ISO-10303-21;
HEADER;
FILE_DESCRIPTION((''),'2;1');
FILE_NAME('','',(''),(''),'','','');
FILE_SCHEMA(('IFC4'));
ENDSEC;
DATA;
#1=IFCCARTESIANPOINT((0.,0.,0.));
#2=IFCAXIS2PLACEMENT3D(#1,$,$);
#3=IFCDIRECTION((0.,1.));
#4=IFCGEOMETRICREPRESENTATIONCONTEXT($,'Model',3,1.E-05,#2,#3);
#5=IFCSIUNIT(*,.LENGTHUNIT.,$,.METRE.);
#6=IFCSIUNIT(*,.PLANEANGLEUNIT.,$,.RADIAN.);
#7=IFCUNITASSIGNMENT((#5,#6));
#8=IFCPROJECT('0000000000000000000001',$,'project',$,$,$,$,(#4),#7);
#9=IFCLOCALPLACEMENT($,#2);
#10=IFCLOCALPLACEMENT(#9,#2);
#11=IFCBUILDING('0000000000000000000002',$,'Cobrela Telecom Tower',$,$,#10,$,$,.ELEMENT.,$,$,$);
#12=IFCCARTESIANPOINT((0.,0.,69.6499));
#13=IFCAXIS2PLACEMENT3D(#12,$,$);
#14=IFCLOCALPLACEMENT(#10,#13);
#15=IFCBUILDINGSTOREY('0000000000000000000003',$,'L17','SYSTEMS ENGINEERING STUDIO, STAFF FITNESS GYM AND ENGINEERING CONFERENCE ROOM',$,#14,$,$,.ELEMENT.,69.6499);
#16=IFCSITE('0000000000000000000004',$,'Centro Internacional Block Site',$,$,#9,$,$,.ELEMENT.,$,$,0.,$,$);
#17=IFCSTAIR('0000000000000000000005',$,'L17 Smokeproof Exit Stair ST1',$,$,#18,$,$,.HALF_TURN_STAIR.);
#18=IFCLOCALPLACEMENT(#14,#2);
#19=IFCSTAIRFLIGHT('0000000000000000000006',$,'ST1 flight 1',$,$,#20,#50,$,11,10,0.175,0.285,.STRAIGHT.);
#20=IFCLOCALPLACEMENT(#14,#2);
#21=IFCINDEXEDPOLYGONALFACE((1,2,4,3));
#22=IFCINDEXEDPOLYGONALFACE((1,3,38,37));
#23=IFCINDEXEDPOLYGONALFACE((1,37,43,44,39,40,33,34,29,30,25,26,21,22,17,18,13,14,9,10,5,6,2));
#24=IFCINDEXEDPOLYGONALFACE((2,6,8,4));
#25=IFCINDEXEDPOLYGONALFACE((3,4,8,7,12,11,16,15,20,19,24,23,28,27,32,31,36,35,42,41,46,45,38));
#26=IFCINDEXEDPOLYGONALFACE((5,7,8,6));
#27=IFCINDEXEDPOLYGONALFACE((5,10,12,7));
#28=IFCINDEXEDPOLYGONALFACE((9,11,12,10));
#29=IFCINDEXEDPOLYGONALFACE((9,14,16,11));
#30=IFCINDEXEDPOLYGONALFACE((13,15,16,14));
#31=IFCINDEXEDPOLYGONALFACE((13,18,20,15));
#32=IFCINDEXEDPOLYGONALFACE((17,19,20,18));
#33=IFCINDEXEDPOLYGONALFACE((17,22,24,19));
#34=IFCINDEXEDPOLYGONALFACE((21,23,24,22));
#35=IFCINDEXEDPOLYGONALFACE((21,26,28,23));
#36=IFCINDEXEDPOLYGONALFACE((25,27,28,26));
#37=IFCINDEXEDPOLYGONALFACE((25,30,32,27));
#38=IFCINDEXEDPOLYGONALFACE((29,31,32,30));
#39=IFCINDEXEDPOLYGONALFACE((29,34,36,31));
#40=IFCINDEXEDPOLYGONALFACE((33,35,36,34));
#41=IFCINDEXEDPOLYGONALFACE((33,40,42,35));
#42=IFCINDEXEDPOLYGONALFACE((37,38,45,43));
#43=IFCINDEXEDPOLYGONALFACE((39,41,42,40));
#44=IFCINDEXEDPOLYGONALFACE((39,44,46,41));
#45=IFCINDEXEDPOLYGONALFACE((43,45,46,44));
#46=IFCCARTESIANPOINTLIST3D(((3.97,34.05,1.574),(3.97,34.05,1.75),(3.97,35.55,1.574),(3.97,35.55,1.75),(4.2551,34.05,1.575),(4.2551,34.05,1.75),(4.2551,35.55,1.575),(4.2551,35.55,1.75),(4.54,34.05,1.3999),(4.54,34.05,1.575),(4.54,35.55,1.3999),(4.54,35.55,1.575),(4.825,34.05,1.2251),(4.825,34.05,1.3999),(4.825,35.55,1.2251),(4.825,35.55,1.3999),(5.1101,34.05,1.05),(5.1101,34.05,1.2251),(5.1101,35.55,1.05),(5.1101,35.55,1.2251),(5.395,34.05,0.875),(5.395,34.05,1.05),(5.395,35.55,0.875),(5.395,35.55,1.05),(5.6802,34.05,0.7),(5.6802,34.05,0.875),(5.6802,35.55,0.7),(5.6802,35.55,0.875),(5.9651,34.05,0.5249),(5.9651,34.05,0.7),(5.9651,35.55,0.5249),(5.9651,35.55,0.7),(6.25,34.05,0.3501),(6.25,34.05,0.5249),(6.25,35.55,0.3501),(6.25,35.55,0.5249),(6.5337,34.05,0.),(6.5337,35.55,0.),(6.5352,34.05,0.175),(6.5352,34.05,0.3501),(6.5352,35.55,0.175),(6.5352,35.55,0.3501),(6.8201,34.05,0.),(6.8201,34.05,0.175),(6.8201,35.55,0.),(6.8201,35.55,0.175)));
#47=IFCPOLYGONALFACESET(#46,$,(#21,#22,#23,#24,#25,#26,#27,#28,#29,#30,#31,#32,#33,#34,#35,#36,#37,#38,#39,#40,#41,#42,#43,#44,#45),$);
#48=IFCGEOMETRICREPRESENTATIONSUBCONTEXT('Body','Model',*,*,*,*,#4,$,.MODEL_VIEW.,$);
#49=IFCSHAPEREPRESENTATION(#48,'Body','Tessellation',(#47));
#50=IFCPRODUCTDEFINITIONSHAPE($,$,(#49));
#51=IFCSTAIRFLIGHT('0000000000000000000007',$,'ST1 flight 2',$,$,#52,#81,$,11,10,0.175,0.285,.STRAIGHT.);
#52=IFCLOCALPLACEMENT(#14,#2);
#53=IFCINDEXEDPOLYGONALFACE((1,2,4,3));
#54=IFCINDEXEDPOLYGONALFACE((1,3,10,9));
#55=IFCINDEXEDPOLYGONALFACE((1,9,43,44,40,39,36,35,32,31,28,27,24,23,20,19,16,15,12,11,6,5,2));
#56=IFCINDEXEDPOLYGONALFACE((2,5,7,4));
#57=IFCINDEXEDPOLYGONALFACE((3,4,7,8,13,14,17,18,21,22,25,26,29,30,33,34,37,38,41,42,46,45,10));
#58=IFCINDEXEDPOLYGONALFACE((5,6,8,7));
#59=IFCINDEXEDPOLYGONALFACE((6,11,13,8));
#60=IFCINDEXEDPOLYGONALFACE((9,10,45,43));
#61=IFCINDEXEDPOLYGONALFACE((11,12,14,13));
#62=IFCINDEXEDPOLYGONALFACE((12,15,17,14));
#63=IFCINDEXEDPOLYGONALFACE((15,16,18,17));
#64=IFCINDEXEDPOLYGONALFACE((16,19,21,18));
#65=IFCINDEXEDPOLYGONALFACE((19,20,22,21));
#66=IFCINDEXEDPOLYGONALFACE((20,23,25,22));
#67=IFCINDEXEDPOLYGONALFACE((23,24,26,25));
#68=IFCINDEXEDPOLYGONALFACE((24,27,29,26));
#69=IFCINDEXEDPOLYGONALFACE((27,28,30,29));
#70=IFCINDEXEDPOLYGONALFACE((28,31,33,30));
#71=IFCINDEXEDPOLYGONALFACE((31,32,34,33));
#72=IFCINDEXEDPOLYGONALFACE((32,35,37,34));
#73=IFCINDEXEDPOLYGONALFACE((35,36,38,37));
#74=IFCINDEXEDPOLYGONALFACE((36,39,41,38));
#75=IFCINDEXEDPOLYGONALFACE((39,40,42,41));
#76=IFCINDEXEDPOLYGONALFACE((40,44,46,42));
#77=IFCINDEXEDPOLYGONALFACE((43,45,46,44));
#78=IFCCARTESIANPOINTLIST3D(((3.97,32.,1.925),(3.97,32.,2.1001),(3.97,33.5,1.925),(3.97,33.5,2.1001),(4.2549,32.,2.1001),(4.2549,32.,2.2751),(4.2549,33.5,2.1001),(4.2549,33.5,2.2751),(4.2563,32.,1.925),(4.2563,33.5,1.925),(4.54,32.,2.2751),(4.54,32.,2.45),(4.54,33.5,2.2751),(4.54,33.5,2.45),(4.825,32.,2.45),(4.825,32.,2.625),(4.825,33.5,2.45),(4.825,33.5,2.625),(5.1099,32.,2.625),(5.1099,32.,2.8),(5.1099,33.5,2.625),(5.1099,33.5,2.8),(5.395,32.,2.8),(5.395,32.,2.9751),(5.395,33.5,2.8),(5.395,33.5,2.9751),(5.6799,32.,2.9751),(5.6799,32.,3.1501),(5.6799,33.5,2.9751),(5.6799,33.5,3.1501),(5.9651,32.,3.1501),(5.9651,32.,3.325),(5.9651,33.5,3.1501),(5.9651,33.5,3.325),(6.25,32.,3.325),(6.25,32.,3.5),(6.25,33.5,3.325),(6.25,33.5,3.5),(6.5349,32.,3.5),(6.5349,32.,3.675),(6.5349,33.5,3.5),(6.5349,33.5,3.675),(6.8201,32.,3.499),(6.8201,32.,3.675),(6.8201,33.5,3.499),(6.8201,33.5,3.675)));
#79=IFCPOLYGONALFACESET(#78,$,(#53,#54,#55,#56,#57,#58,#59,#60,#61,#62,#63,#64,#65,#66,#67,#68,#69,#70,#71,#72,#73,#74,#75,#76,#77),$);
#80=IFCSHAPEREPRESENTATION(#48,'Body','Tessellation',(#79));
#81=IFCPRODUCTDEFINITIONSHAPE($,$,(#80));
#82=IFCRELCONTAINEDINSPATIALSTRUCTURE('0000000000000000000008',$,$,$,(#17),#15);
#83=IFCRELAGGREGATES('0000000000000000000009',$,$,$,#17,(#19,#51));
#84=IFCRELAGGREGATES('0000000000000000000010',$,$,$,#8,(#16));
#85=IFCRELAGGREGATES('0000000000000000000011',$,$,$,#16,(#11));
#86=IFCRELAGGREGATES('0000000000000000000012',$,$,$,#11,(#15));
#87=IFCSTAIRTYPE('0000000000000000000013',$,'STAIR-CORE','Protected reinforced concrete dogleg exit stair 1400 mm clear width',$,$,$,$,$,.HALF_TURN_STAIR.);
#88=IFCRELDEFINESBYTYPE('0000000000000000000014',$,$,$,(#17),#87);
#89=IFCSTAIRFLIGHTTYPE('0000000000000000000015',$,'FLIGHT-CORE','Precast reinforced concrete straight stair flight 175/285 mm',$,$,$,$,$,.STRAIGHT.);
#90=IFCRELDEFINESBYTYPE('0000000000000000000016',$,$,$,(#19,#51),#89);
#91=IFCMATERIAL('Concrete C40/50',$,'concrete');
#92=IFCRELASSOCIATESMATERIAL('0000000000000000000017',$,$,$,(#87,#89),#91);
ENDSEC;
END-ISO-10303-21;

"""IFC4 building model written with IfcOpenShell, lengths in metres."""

from ifc_helpers import new_model, si_unit, direction, frame, origin, place, context, subcontext, project, spatial, polyline, outline, extrude, material, type_object, element, aggregate, save


model = new_model("IFC4")

# Units and contexts
model_context = context("Model", 3, precision=1e-05, world=origin(), true_north=direction((0.0, 1.0)))
body_context = subcontext(model_context, "Body", "Model", "MODEL_VIEW")
ifc_project = project(units=[si_unit("LENGTHUNIT", "METRE"), si_unit("PLANEANGLEUNIT", "RADIAN")], contexts=[model_context])

# Site, building, storey
site_placement = place(None, origin())
site = spatial("IfcSite", under=ifc_project, at=site_placement, Name="Centro Internacional Block Site", CompositionType="ELEMENT", RefElevation=0.0)
building_placement = place(site_placement, origin())
building = spatial("IfcBuilding", under=site, at=building_placement, Name="Cobrela Telecom Tower", CompositionType="ELEMENT")
storey_placement = place(building_placement, frame((0.0, 0.0, 69.6499)))
storey = spatial("IfcBuildingStorey", under=building, at=storey_placement, Name="L17", Description="SYSTEMS ENGINEERING STUDIO, STAFF FITNESS GYM AND ENGINEERING CONFERENCE ROOM", CompositionType="ELEMENT", Elevation=69.6499)

# Shared definitions
ifc_material_1 = material(Name="Concrete C40/50", Category="concrete")

# Stair, stair flights
stair_type = type_object("IfcStairType", Name="STAIR-CORE", Description="Protected reinforced concrete dogleg exit stair 1400 mm clear width", PredefinedType="HALF_TURN_STAIR", material=ifc_material_1)
stair_placement = place(storey_placement, origin())
stair = element("IfcStair", 1, at=stair_placement, inside=storey, type_object=stair_type, Name="L17 Smokeproof Exit Stair ST1", PredefinedType="HALF_TURN_STAIR")
stair_flight_type = type_object("IfcStairFlightType", Name="FLIGHT-CORE", Description="Precast reinforced concrete straight stair flight 175/285 mm", PredefinedType="STRAIGHT", material=ifc_material_1)
stair_flight_1_placement = place(storey_placement, frame((6.8201, 34.8, 0.0), z_axis=(0.0, 0.0, 1.0), x_axis=(-1.0, 0.0, 0.0)))
stair_flight_1 = element("IfcStairFlight", 2, at=stair_flight_1_placement, type_object=stair_flight_type, Name="ST1 flight 1", NumberOfRisers=11, NumberOfTreads=10, PredefinedType="STRAIGHT", RiserHeight=0.175, TreadLength=0.285, context=body_context, shape_type="SweptSolid", body=[
    extrude(outline(polyline([(0.0, 0.0), (0.0, 0.175), (0.2849, 0.175), (0.2849, 0.3501), (0.5701, 0.3501), (0.5701, 0.5249), (0.855, 0.5249), (0.855, 0.7), (1.1399, 0.7), (1.1399, 0.875), (1.425, 0.875), (1.425, 1.05), (1.71, 1.05), (1.71, 1.2251), (1.9951, 1.2251), (1.9951, 1.3999), (2.28, 1.3999), (2.28, 1.575), (2.5649, 1.575), (2.5649, 1.75), (2.8501, 1.75), (2.8501, 1.925), (2.8501, 1.574), (0.2864, 0.0), (0.0, 0.0)])), frame((0.0, 0.75, 0.0), z_axis=(0.0, -1.0, 0.0), x_axis=(1.0, 0.0, 0.0)), (0.0, 0.0, 1.0), 1.5),
])
stair_flight_2_placement = place(storey_placement, frame((3.97, 32.75, 1.925), z_axis=(0.0, 0.0, 1.0), x_axis=(1.0, 0.0, 0.0)))
stair_flight_2 = element("IfcStairFlight", 3, at=stair_flight_2_placement, type_object=stair_flight_type, Name="ST1 flight 2", NumberOfRisers=11, NumberOfTreads=10, PredefinedType="STRAIGHT", RiserHeight=0.175, TreadLength=0.285, context=body_context, shape_type="SweptSolid", body=[
    extrude(outline(polyline([(0.0, 0.0), (0.0, 0.175), (0.2849, 0.175), (0.2849, 0.3501), (0.5701, 0.3501), (0.5701, 0.5249), (0.855, 0.5249), (0.855, 0.7), (1.1399, 0.7), (1.1399, 0.875), (1.425, 0.875), (1.425, 1.05), (1.71, 1.05), (1.71, 1.2251), (1.9951, 1.2251), (1.9951, 1.3999), (2.28, 1.3999), (2.28, 1.575), (2.5649, 1.575), (2.5649, 1.75), (2.8501, 1.75), (2.8501, 1.925), (2.8501, 1.574), (0.2864, 0.0), (0.0, 0.0)])), frame((0.0, 0.75, 0.0), z_axis=(0.0, -1.0, 0.0), x_axis=(1.0, 0.0, 0.0)), (0.0, 0.0, 1.0), 1.5),
])
aggregate(stair, [stair_flight_1, stair_flight_2])

save(model, "model.ifc")
